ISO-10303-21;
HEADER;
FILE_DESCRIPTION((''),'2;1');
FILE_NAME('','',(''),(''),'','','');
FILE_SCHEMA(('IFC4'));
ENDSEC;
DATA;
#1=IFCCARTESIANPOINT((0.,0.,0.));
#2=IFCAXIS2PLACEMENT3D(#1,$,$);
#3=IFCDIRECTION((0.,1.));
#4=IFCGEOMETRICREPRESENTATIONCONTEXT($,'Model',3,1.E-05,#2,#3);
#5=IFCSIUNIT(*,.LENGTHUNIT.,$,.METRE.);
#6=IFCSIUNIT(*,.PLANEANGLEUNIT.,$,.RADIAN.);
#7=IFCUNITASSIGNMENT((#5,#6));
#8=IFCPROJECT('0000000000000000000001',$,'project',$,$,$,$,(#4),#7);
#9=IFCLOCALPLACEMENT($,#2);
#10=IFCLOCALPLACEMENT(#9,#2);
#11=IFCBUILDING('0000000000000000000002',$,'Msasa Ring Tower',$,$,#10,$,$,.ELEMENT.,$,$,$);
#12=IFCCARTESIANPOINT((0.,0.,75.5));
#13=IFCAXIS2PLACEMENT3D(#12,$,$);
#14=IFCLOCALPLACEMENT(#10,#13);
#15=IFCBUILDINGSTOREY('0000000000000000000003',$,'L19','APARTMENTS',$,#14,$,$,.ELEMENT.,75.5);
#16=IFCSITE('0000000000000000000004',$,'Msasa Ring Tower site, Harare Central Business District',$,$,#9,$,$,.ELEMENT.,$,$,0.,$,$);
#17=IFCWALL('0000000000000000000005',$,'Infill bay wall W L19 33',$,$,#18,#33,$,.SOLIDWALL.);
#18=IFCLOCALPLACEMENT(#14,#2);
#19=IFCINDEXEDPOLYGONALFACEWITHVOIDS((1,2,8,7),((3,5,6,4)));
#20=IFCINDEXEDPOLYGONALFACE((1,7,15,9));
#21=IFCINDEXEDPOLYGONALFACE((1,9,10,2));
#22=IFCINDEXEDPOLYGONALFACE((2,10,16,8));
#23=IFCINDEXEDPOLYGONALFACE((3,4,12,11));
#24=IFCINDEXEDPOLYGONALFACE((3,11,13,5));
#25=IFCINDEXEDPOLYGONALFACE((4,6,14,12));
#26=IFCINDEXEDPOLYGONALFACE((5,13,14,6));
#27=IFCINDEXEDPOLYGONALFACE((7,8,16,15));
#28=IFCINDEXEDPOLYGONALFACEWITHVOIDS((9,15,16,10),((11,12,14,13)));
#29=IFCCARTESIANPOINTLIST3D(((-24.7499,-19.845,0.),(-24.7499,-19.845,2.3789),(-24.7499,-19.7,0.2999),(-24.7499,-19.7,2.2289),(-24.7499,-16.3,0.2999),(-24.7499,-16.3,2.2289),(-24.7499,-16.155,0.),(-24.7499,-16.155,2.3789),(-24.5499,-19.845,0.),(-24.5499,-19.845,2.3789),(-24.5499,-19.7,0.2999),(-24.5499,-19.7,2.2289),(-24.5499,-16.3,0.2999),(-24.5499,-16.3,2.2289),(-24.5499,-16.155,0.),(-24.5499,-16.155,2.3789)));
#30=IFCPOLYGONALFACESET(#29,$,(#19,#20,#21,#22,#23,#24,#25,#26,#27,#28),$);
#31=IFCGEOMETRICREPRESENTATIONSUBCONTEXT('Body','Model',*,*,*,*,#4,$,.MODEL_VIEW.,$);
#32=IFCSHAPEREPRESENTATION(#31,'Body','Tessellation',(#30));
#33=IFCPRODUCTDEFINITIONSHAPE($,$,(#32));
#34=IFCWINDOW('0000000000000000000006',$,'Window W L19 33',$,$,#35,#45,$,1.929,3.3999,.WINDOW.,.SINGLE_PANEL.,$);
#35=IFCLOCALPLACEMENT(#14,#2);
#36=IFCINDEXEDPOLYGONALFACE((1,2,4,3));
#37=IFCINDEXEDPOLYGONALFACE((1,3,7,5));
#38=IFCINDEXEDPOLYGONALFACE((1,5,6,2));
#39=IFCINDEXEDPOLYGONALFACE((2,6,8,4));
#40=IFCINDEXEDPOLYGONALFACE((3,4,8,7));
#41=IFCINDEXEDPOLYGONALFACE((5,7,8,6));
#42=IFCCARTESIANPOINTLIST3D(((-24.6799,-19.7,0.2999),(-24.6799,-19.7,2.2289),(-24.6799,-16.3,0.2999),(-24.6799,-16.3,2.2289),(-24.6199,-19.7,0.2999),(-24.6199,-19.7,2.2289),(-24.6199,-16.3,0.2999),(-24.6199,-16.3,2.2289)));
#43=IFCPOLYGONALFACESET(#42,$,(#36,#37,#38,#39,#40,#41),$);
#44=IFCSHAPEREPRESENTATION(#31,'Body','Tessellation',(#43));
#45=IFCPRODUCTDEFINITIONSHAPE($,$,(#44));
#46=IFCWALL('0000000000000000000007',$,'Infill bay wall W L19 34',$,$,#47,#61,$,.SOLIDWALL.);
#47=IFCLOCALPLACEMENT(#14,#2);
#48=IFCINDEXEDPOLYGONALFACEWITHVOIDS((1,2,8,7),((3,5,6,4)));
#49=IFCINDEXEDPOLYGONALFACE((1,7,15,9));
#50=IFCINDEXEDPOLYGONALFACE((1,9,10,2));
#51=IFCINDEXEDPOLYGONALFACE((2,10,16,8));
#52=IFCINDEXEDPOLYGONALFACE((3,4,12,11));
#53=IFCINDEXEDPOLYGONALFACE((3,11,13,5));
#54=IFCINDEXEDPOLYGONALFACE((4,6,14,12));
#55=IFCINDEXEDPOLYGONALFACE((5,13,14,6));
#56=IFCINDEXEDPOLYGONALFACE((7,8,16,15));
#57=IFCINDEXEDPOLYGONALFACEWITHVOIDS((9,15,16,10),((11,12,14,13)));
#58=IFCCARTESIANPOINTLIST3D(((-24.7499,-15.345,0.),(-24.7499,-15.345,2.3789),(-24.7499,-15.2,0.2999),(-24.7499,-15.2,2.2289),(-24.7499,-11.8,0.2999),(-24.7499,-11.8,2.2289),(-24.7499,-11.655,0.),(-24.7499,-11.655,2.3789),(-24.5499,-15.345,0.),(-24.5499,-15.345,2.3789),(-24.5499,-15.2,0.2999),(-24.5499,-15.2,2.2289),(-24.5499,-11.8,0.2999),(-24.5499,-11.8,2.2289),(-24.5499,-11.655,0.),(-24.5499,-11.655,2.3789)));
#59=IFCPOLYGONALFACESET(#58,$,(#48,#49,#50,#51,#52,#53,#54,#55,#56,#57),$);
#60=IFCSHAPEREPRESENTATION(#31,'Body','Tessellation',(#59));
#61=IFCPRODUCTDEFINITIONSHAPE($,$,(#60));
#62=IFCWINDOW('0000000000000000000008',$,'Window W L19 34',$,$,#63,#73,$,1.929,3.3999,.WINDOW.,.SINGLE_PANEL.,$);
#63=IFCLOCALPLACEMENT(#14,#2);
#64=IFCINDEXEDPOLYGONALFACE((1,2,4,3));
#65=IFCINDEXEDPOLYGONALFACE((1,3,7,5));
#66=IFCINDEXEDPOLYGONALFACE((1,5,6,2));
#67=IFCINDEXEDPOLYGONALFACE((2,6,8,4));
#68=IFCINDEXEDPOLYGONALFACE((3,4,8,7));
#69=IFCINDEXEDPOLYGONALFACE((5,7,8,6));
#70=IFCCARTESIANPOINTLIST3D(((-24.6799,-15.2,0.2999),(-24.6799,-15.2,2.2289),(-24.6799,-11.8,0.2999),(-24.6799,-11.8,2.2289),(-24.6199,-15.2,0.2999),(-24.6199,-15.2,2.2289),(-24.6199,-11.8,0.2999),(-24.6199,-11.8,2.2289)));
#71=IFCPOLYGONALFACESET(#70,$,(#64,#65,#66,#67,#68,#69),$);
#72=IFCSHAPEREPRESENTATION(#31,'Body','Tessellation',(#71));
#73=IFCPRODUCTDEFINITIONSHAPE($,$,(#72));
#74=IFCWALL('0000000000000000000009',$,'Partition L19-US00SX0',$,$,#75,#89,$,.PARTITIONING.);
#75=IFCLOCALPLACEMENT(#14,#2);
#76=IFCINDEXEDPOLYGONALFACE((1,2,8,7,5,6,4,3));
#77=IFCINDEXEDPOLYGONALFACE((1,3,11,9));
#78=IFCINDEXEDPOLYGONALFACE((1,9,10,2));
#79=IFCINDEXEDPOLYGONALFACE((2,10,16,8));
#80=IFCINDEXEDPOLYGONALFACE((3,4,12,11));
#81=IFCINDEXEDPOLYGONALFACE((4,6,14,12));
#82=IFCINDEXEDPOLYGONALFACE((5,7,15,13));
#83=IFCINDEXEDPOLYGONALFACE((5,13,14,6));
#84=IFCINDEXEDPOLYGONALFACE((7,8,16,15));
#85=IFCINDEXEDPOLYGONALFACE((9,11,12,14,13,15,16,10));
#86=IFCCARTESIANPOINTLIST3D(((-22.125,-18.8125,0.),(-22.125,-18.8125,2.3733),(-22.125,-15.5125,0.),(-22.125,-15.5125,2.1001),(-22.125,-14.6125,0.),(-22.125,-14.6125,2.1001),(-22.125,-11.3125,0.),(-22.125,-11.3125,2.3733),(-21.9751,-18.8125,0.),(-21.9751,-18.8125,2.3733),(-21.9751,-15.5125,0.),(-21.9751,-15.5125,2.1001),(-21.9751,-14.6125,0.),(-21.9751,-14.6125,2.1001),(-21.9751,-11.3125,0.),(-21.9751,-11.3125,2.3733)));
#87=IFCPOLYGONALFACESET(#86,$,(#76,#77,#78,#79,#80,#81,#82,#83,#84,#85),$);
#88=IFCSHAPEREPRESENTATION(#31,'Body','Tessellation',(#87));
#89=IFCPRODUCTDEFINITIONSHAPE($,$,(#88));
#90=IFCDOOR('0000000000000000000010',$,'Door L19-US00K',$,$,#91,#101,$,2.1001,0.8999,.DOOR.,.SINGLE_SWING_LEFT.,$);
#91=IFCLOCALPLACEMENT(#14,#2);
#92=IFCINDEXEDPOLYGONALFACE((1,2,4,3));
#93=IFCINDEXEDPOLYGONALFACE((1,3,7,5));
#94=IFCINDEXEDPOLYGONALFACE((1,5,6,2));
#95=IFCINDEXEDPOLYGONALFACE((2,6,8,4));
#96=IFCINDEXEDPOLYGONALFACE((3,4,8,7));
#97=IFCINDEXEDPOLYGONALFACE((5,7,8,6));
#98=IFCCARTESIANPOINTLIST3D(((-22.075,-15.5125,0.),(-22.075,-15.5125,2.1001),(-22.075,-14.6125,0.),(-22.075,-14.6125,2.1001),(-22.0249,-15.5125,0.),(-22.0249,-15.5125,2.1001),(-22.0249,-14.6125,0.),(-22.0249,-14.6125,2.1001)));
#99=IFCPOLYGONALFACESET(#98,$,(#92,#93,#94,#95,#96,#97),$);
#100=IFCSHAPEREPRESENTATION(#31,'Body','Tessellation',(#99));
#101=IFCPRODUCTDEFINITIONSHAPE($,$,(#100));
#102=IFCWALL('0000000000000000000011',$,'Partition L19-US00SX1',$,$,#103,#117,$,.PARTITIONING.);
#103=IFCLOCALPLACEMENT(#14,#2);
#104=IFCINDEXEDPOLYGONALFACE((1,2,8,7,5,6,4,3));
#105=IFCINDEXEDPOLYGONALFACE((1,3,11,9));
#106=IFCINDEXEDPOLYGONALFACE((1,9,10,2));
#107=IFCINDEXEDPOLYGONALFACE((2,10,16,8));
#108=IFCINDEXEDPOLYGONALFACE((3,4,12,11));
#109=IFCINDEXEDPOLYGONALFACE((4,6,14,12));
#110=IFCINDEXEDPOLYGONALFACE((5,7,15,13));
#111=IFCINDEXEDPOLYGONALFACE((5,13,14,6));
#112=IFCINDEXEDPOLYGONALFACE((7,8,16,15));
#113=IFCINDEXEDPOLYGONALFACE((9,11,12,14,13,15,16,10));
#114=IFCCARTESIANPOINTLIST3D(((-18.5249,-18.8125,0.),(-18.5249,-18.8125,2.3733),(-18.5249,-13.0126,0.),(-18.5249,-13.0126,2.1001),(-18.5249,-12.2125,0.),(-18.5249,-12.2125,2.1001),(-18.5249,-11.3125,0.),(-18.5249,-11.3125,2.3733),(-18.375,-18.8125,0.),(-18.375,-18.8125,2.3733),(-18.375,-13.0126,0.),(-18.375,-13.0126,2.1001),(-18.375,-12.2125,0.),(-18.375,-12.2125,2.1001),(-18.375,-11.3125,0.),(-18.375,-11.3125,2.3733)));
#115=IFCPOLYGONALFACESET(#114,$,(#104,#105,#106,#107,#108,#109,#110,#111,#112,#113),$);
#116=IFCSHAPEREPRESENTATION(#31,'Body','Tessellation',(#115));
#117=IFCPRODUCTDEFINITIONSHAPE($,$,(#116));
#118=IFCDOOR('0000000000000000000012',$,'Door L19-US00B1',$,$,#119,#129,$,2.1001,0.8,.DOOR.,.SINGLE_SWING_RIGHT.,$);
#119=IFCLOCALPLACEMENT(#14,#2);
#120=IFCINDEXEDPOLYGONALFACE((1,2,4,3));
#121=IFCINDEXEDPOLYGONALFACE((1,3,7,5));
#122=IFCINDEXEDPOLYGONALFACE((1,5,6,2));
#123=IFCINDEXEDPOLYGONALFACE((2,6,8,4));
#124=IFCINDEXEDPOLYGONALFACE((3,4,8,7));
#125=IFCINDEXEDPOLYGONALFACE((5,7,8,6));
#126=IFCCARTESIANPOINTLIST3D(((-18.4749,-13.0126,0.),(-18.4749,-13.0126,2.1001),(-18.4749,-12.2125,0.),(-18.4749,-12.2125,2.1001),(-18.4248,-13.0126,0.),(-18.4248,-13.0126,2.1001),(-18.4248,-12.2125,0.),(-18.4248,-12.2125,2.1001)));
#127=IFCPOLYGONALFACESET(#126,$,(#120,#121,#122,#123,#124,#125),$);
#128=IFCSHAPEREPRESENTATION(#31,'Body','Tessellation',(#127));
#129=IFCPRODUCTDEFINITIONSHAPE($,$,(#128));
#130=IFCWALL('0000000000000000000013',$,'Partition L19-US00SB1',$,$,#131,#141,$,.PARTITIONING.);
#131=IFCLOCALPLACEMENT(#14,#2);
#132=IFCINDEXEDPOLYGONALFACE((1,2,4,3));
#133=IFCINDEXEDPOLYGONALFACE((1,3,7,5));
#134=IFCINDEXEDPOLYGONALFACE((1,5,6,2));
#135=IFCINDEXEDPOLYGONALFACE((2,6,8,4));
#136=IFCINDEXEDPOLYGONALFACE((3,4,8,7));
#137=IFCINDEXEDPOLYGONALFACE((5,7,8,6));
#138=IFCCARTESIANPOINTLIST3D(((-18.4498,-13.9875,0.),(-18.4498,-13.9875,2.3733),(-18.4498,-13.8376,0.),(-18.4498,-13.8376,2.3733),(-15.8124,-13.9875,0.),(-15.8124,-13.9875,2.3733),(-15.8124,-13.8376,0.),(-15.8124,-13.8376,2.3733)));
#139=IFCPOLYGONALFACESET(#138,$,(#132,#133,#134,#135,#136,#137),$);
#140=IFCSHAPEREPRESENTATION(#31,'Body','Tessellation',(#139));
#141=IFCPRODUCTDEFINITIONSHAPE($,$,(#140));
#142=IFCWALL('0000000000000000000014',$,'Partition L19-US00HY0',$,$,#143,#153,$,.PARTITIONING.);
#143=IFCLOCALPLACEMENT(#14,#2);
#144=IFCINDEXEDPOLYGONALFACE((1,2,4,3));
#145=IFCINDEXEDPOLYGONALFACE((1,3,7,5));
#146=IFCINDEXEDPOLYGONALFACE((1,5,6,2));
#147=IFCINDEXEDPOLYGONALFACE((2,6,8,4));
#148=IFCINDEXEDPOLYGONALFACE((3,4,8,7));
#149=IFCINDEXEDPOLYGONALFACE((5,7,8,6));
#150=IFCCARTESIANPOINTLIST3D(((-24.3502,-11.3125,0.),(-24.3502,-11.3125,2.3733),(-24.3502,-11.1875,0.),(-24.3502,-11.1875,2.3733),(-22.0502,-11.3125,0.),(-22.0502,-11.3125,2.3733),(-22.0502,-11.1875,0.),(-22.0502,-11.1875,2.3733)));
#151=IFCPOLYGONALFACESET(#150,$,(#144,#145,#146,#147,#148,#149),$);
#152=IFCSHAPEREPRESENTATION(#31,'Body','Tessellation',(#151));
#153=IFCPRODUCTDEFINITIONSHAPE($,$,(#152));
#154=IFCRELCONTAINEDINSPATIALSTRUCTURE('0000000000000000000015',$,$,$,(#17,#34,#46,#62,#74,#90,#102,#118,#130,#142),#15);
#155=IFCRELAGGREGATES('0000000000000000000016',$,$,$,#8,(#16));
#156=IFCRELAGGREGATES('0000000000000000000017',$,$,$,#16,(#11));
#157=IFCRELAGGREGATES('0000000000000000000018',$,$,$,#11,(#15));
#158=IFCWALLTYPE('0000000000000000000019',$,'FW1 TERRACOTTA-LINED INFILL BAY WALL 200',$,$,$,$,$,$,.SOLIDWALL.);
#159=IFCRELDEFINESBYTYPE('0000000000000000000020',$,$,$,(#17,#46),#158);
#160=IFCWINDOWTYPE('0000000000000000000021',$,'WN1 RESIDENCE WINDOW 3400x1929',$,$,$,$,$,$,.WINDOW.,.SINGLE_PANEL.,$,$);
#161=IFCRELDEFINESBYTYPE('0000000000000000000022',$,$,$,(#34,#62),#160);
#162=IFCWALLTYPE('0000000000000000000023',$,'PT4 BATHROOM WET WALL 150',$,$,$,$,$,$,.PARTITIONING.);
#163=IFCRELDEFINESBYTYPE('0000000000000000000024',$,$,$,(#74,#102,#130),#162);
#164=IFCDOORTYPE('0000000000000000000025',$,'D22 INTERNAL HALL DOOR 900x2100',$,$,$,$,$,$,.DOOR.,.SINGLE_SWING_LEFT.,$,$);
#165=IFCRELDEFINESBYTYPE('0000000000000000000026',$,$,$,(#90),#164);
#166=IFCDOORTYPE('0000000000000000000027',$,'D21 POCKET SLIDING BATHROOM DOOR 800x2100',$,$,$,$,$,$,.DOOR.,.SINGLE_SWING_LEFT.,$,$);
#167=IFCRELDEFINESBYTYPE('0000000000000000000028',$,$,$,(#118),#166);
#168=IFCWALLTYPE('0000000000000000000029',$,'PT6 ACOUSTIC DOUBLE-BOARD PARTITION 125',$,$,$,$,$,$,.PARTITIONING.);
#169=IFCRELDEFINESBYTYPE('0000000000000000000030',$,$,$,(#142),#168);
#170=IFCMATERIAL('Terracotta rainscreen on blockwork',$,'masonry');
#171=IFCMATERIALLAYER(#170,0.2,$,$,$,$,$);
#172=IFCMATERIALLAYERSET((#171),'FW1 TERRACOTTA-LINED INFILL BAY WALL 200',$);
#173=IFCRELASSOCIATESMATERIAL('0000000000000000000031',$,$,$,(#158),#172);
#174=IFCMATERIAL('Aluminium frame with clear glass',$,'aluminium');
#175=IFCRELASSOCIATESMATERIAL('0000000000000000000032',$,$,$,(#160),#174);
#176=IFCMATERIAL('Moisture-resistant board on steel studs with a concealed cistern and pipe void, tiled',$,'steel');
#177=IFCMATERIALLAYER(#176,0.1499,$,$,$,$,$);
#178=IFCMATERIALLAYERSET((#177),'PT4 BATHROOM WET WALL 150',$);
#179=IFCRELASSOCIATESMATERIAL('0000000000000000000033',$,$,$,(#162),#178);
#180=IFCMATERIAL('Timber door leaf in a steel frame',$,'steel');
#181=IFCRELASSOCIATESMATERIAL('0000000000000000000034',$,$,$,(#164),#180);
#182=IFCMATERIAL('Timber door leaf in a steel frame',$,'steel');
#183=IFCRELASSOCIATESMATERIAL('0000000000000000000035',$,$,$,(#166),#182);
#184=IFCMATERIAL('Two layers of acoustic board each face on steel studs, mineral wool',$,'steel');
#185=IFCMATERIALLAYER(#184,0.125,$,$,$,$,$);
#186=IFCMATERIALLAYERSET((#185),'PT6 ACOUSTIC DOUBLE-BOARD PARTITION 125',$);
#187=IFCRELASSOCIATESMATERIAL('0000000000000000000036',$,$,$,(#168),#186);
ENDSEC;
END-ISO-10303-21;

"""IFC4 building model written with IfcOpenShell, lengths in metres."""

from ifc_helpers import new_model, si_unit, direction, frame, frame_2d, origin, place, context, subcontext, project, spatial, rectangle, extrude, material, layer, layer_set, type_object, element, fill, save


model = new_model("IFC4")

# Units and contexts
model_context = context("Model", 3, precision=1e-05, world=origin(), true_north=direction((0.0, 1.0)))
body_context = subcontext(model_context, "Body", "Model", "MODEL_VIEW")
ifc_project = project(units=[si_unit("LENGTHUNIT", "METRE"), si_unit("PLANEANGLEUNIT", "RADIAN")], contexts=[model_context])

# Site, building, storey
site_placement = place(None, origin())
site = spatial("IfcSite", under=ifc_project, at=site_placement, Name="Msasa Ring Tower site, Harare Central Business District", CompositionType="ELEMENT", RefElevation=0.0)
building_placement = place(site_placement, origin())
building = spatial("IfcBuilding", under=site, at=building_placement, Name="Msasa Ring Tower", CompositionType="ELEMENT")
storey_placement = place(building_placement, frame((0.0, 0.0, 75.5)))
storey = spatial("IfcBuildingStorey", under=building, at=storey_placement, Name="L19", Description="APARTMENTS", CompositionType="ELEMENT", Elevation=75.5)

# Walls, openings, windows
ifc_material_1 = material(Name="Terracotta rainscreen on blockwork", Category="masonry")
ifc_layer_1 = layer(ifc_material_1, 0.2)
ifc_layer_set_1 = layer_set([ifc_layer_1], Name="FW1 TERRACOTTA-LINED INFILL BAY WALL 200")
wall_type_1 = type_object("IfcWallType", Name="FW1 TERRACOTTA-LINED INFILL BAY WALL 200", PredefinedType="SOLIDWALL", material=ifc_layer_set_1)
wall_1_placement = place(storey_placement, frame((-24.6499, -19.845, 0.0), z_axis=(0.0, 0.0, 1.0), x_axis=(0.0, 1.0, 0.0)))
wall_1 = element("IfcWall", 1, at=wall_1_placement, inside=storey, type_object=wall_type_1, Name="Infill bay wall W L19 33", PredefinedType="SOLIDWALL", context=body_context, shape_type="SweptSolid", body=[
    extrude(rectangle(XDim=3.6899, YDim=0.2, at=frame_2d((1.845, 0.0))), origin(), (0.0, 0.0, 1.0), 2.3789),
])
opening_1_placement = place(wall_1_placement, frame((0.145, 0.0, 0.3)))
opening_1 = element("IfcOpeningElement", 2, at=opening_1_placement, cuts=wall_1, PredefinedType="OPENING", context=body_context, shape_type="SweptSolid", body=[
    extrude(rectangle(XDim=3.3999, YDim=1.929, at=frame_2d((1.7, 0.9644))), frame((0.0, 0.1099, 0.0), z_axis=(0.0, -1.0, 0.0), x_axis=(1.0, 0.0, 0.0)), (0.0, 0.0, 1.0), 0.22),
])
ifc_material_2 = material(Name="Aluminium frame with clear glass", Category="aluminium")
window_type = type_object("IfcWindowType", Name="WN1 RESIDENCE WINDOW 3400x1929", PartitioningType="SINGLE_PANEL", PredefinedType="WINDOW", material=ifc_material_2)
window_1_placement = place(opening_1_placement, origin())
window_1 = element("IfcWindow", 3, at=window_1_placement, inside=storey, type_object=window_type, Name="Window W L19 33", OverallHeight=1.929, OverallWidth=3.3999, PartitioningType="SINGLE_PANEL", PredefinedType="WINDOW", context=body_context, shape_type="SweptSolid", body=[
    extrude(rectangle(XDim=3.3999, YDim=1.929, at=frame_2d((1.7, 0.9644))), frame((0.0, 0.03, 0.0), z_axis=(0.0, -1.0, 0.0), x_axis=(1.0, 0.0, 0.0)), (0.0, 0.0, 1.0), 0.0601),
])
fill(opening_1, window_1)
wall_2_placement = place(storey_placement, frame((-24.6499, -15.345, 0.0), z_axis=(0.0, 0.0, 1.0), x_axis=(0.0, 1.0, 0.0)))
wall_2 = element("IfcWall", 4, at=wall_2_placement, inside=storey, type_object=wall_type_1, Name="Infill bay wall W L19 34", PredefinedType="SOLIDWALL", context=body_context, shape_type="SweptSolid", body=[
    extrude(rectangle(XDim=3.6899, YDim=0.2, at=frame_2d((1.845, 0.0))), origin(), (0.0, 0.0, 1.0), 2.3789),
])
opening_2_placement = place(wall_2_placement, frame((0.145, 0.0, 0.3)))
opening_2 = element("IfcOpeningElement", 5, at=opening_2_placement, cuts=wall_2, PredefinedType="OPENING", context=body_context, shape_type="SweptSolid", body=[
    extrude(rectangle(XDim=3.3999, YDim=1.929, at=frame_2d((1.7, 0.9644))), frame((0.0, 0.1099, 0.0), z_axis=(0.0, -1.0, 0.0), x_axis=(1.0, 0.0, 0.0)), (0.0, 0.0, 1.0), 0.22),
])
window_2_placement = place(opening_2_placement, origin())
window_2 = element("IfcWindow", 6, at=window_2_placement, inside=storey, type_object=window_type, Name="Window W L19 34", OverallHeight=1.929, OverallWidth=3.3999, PartitioningType="SINGLE_PANEL", PredefinedType="WINDOW", context=body_context, shape_type="SweptSolid", body=[
    extrude(rectangle(XDim=3.3999, YDim=1.929, at=frame_2d((1.7, 0.9644))), frame((0.0, 0.03, 0.0), z_axis=(0.0, -1.0, 0.0), x_axis=(1.0, 0.0, 0.0)), (0.0, 0.0, 1.0), 0.0601),
])
fill(opening_2, window_2)

# Walls, openings, doors
ifc_material_3 = material(Name="Moisture-resistant board on steel studs with a concealed cistern and pipe void, tiled", Category="steel")
ifc_layer_2 = layer(ifc_material_3, 0.1499)
ifc_layer_set_2 = layer_set([ifc_layer_2], Name="PT4 BATHROOM WET WALL 150")
wall_type_2 = type_object("IfcWallType", Name="PT4 BATHROOM WET WALL 150", PredefinedType="PARTITIONING", material=ifc_layer_set_2)
wall_3_placement = place(storey_placement, frame((-22.05, -18.8125, 0.0), z_axis=(0.0, 0.0, 1.0), x_axis=(0.0, 1.0, 0.0)))
wall_3 = element("IfcWall", 7, at=wall_3_placement, inside=storey, type_object=wall_type_2, Name="Partition L19-US00SX0", PredefinedType="PARTITIONING", context=body_context, shape_type="SweptSolid", body=[
    extrude(rectangle(XDim=7.5, YDim=0.1499, at=frame_2d((3.75, 0.0))), origin(), (0.0, 0.0, 1.0), 2.3733),
])
opening_3_placement = place(wall_3_placement, frame((3.3, 0.0, 0.0)))
opening_3 = element("IfcOpeningElement", 8, at=opening_3_placement, cuts=wall_3, PredefinedType="OPENING", context=body_context, shape_type="SweptSolid", body=[
    extrude(rectangle(XDim=0.8999, YDim=2.1001, at=frame_2d((0.45, 1.05))), frame((0.0, 0.085, 0.0), z_axis=(0.0, -1.0, 0.0), x_axis=(1.0, 0.0, 0.0)), (0.0, 0.0, 1.0), 0.1699),
])
ifc_material_4 = material(Name="Timber door leaf in a steel frame", Category="steel")
door_type_1 = type_object("IfcDoorType", Name="D22 INTERNAL HALL DOOR 900x2100", OperationType="SINGLE_SWING_LEFT", PredefinedType="DOOR", material=ifc_material_4)
door_1_placement = place(opening_3_placement, origin())
door_1 = element("IfcDoor", 9, at=door_1_placement, inside=storey, type_object=door_type_1, Name="Door L19-US00K", OperationType="SINGLE_SWING_LEFT", OverallHeight=2.1001, OverallWidth=0.8999, PredefinedType="DOOR", context=body_context, shape_type="SweptSolid", body=[
    extrude(rectangle(XDim=0.8999, YDim=2.1001, at=frame_2d((0.45, 1.05))), frame((0.0, 0.0249, 0.0), z_axis=(0.0, -1.0, 0.0), x_axis=(1.0, 0.0, 0.0)), (0.0, 0.0, 1.0), 0.05),
])
fill(opening_3, door_1)
wall_4_placement = place(storey_placement, frame((-18.45, -18.8125, 0.0), z_axis=(0.0, 0.0, 1.0), x_axis=(0.0, 1.0, 0.0)))
wall_4 = element("IfcWall", 10, at=wall_4_placement, inside=storey, type_object=wall_type_2, Name="Partition L19-US00SX1", PredefinedType="PARTITIONING", context=body_context, shape_type="SweptSolid", body=[
    extrude(rectangle(XDim=7.5, YDim=0.1499, at=frame_2d((3.75, 0.0))), origin(), (0.0, 0.0, 1.0), 2.3733),
])
opening_4_placement = place(wall_4_placement, frame((5.8, 0.0, 0.0)))
opening_4 = element("IfcOpeningElement", 11, at=opening_4_placement, cuts=wall_4, PredefinedType="OPENING", context=body_context, shape_type="SweptSolid", body=[
    extrude(rectangle(XDim=0.8, YDim=2.1001, at=frame_2d((0.3999, 1.05))), frame((0.0, 0.085, 0.0), z_axis=(0.0, -1.0, 0.0), x_axis=(1.0, 0.0, 0.0)), (0.0, 0.0, 1.0), 0.1699),
])
ifc_material_5 = material(Name="Timber door leaf in a steel frame", Category="steel")
door_type_2 = type_object("IfcDoorType", Name="D21 POCKET SLIDING BATHROOM DOOR 800x2100", OperationType="SINGLE_SWING_LEFT", PredefinedType="DOOR", material=ifc_material_5)
door_2_placement = place(opening_4_placement, origin())
door_2 = element("IfcDoor", 12, at=door_2_placement, inside=storey, type_object=door_type_2, Name="Door L19-US00B1", OperationType="SINGLE_SWING_RIGHT", OverallHeight=2.1001, OverallWidth=0.8, PredefinedType="DOOR", context=body_context, shape_type="SweptSolid", body=[
    extrude(rectangle(XDim=0.8, YDim=2.1001, at=frame_2d((0.3999, 1.05))), frame((0.0, 0.0249, 0.0), z_axis=(0.0, -1.0, 0.0), x_axis=(1.0, 0.0, 0.0)), (0.0, 0.0, 1.0), 0.05),
])
fill(opening_4, door_2)

# Walls
wall_5_placement = place(storey_placement, frame((-18.45, -13.9126, 0.0), z_axis=(0.0, 0.0, 1.0), x_axis=(1.0, 0.0, 0.0)))
element("IfcWall", 13, at=wall_5_placement, inside=storey, type_object=wall_type_2, Name="Partition L19-US00SB1", PredefinedType="PARTITIONING", context=body_context, shape_type="SweptSolid", body=[
    extrude(rectangle(XDim=2.6375, YDim=0.1499, at=frame_2d((1.3188, 0.0))), origin(), (0.0, 0.0, 1.0), 2.3733),
])
ifc_material_6 = material(Name="Two layers of acoustic board each face on steel studs, mineral wool", Category="steel")
ifc_layer_3 = layer(ifc_material_6, 0.125)
ifc_layer_set_3 = layer_set([ifc_layer_3], Name="PT6 ACOUSTIC DOUBLE-BOARD PARTITION 125")
wall_type_3 = type_object("IfcWallType", Name="PT6 ACOUSTIC DOUBLE-BOARD PARTITION 125", PredefinedType="PARTITIONING", material=ifc_layer_set_3)
wall_6_placement = place(storey_placement, frame((-24.3501, -11.25, 0.0), z_axis=(0.0, 0.0, 1.0), x_axis=(1.0, 0.0, 0.0)))
element("IfcWall", 14, at=wall_6_placement, inside=storey, type_object=wall_type_3, Name="Partition L19-US00HY0", PredefinedType="PARTITIONING", context=body_context, shape_type="SweptSolid", body=[
    extrude(rectangle(XDim=2.3, YDim=0.125, at=frame_2d((1.1499, 0.0))), origin(), (0.0, 0.0, 1.0), 2.3733),
])

save(model, "model.ifc")
